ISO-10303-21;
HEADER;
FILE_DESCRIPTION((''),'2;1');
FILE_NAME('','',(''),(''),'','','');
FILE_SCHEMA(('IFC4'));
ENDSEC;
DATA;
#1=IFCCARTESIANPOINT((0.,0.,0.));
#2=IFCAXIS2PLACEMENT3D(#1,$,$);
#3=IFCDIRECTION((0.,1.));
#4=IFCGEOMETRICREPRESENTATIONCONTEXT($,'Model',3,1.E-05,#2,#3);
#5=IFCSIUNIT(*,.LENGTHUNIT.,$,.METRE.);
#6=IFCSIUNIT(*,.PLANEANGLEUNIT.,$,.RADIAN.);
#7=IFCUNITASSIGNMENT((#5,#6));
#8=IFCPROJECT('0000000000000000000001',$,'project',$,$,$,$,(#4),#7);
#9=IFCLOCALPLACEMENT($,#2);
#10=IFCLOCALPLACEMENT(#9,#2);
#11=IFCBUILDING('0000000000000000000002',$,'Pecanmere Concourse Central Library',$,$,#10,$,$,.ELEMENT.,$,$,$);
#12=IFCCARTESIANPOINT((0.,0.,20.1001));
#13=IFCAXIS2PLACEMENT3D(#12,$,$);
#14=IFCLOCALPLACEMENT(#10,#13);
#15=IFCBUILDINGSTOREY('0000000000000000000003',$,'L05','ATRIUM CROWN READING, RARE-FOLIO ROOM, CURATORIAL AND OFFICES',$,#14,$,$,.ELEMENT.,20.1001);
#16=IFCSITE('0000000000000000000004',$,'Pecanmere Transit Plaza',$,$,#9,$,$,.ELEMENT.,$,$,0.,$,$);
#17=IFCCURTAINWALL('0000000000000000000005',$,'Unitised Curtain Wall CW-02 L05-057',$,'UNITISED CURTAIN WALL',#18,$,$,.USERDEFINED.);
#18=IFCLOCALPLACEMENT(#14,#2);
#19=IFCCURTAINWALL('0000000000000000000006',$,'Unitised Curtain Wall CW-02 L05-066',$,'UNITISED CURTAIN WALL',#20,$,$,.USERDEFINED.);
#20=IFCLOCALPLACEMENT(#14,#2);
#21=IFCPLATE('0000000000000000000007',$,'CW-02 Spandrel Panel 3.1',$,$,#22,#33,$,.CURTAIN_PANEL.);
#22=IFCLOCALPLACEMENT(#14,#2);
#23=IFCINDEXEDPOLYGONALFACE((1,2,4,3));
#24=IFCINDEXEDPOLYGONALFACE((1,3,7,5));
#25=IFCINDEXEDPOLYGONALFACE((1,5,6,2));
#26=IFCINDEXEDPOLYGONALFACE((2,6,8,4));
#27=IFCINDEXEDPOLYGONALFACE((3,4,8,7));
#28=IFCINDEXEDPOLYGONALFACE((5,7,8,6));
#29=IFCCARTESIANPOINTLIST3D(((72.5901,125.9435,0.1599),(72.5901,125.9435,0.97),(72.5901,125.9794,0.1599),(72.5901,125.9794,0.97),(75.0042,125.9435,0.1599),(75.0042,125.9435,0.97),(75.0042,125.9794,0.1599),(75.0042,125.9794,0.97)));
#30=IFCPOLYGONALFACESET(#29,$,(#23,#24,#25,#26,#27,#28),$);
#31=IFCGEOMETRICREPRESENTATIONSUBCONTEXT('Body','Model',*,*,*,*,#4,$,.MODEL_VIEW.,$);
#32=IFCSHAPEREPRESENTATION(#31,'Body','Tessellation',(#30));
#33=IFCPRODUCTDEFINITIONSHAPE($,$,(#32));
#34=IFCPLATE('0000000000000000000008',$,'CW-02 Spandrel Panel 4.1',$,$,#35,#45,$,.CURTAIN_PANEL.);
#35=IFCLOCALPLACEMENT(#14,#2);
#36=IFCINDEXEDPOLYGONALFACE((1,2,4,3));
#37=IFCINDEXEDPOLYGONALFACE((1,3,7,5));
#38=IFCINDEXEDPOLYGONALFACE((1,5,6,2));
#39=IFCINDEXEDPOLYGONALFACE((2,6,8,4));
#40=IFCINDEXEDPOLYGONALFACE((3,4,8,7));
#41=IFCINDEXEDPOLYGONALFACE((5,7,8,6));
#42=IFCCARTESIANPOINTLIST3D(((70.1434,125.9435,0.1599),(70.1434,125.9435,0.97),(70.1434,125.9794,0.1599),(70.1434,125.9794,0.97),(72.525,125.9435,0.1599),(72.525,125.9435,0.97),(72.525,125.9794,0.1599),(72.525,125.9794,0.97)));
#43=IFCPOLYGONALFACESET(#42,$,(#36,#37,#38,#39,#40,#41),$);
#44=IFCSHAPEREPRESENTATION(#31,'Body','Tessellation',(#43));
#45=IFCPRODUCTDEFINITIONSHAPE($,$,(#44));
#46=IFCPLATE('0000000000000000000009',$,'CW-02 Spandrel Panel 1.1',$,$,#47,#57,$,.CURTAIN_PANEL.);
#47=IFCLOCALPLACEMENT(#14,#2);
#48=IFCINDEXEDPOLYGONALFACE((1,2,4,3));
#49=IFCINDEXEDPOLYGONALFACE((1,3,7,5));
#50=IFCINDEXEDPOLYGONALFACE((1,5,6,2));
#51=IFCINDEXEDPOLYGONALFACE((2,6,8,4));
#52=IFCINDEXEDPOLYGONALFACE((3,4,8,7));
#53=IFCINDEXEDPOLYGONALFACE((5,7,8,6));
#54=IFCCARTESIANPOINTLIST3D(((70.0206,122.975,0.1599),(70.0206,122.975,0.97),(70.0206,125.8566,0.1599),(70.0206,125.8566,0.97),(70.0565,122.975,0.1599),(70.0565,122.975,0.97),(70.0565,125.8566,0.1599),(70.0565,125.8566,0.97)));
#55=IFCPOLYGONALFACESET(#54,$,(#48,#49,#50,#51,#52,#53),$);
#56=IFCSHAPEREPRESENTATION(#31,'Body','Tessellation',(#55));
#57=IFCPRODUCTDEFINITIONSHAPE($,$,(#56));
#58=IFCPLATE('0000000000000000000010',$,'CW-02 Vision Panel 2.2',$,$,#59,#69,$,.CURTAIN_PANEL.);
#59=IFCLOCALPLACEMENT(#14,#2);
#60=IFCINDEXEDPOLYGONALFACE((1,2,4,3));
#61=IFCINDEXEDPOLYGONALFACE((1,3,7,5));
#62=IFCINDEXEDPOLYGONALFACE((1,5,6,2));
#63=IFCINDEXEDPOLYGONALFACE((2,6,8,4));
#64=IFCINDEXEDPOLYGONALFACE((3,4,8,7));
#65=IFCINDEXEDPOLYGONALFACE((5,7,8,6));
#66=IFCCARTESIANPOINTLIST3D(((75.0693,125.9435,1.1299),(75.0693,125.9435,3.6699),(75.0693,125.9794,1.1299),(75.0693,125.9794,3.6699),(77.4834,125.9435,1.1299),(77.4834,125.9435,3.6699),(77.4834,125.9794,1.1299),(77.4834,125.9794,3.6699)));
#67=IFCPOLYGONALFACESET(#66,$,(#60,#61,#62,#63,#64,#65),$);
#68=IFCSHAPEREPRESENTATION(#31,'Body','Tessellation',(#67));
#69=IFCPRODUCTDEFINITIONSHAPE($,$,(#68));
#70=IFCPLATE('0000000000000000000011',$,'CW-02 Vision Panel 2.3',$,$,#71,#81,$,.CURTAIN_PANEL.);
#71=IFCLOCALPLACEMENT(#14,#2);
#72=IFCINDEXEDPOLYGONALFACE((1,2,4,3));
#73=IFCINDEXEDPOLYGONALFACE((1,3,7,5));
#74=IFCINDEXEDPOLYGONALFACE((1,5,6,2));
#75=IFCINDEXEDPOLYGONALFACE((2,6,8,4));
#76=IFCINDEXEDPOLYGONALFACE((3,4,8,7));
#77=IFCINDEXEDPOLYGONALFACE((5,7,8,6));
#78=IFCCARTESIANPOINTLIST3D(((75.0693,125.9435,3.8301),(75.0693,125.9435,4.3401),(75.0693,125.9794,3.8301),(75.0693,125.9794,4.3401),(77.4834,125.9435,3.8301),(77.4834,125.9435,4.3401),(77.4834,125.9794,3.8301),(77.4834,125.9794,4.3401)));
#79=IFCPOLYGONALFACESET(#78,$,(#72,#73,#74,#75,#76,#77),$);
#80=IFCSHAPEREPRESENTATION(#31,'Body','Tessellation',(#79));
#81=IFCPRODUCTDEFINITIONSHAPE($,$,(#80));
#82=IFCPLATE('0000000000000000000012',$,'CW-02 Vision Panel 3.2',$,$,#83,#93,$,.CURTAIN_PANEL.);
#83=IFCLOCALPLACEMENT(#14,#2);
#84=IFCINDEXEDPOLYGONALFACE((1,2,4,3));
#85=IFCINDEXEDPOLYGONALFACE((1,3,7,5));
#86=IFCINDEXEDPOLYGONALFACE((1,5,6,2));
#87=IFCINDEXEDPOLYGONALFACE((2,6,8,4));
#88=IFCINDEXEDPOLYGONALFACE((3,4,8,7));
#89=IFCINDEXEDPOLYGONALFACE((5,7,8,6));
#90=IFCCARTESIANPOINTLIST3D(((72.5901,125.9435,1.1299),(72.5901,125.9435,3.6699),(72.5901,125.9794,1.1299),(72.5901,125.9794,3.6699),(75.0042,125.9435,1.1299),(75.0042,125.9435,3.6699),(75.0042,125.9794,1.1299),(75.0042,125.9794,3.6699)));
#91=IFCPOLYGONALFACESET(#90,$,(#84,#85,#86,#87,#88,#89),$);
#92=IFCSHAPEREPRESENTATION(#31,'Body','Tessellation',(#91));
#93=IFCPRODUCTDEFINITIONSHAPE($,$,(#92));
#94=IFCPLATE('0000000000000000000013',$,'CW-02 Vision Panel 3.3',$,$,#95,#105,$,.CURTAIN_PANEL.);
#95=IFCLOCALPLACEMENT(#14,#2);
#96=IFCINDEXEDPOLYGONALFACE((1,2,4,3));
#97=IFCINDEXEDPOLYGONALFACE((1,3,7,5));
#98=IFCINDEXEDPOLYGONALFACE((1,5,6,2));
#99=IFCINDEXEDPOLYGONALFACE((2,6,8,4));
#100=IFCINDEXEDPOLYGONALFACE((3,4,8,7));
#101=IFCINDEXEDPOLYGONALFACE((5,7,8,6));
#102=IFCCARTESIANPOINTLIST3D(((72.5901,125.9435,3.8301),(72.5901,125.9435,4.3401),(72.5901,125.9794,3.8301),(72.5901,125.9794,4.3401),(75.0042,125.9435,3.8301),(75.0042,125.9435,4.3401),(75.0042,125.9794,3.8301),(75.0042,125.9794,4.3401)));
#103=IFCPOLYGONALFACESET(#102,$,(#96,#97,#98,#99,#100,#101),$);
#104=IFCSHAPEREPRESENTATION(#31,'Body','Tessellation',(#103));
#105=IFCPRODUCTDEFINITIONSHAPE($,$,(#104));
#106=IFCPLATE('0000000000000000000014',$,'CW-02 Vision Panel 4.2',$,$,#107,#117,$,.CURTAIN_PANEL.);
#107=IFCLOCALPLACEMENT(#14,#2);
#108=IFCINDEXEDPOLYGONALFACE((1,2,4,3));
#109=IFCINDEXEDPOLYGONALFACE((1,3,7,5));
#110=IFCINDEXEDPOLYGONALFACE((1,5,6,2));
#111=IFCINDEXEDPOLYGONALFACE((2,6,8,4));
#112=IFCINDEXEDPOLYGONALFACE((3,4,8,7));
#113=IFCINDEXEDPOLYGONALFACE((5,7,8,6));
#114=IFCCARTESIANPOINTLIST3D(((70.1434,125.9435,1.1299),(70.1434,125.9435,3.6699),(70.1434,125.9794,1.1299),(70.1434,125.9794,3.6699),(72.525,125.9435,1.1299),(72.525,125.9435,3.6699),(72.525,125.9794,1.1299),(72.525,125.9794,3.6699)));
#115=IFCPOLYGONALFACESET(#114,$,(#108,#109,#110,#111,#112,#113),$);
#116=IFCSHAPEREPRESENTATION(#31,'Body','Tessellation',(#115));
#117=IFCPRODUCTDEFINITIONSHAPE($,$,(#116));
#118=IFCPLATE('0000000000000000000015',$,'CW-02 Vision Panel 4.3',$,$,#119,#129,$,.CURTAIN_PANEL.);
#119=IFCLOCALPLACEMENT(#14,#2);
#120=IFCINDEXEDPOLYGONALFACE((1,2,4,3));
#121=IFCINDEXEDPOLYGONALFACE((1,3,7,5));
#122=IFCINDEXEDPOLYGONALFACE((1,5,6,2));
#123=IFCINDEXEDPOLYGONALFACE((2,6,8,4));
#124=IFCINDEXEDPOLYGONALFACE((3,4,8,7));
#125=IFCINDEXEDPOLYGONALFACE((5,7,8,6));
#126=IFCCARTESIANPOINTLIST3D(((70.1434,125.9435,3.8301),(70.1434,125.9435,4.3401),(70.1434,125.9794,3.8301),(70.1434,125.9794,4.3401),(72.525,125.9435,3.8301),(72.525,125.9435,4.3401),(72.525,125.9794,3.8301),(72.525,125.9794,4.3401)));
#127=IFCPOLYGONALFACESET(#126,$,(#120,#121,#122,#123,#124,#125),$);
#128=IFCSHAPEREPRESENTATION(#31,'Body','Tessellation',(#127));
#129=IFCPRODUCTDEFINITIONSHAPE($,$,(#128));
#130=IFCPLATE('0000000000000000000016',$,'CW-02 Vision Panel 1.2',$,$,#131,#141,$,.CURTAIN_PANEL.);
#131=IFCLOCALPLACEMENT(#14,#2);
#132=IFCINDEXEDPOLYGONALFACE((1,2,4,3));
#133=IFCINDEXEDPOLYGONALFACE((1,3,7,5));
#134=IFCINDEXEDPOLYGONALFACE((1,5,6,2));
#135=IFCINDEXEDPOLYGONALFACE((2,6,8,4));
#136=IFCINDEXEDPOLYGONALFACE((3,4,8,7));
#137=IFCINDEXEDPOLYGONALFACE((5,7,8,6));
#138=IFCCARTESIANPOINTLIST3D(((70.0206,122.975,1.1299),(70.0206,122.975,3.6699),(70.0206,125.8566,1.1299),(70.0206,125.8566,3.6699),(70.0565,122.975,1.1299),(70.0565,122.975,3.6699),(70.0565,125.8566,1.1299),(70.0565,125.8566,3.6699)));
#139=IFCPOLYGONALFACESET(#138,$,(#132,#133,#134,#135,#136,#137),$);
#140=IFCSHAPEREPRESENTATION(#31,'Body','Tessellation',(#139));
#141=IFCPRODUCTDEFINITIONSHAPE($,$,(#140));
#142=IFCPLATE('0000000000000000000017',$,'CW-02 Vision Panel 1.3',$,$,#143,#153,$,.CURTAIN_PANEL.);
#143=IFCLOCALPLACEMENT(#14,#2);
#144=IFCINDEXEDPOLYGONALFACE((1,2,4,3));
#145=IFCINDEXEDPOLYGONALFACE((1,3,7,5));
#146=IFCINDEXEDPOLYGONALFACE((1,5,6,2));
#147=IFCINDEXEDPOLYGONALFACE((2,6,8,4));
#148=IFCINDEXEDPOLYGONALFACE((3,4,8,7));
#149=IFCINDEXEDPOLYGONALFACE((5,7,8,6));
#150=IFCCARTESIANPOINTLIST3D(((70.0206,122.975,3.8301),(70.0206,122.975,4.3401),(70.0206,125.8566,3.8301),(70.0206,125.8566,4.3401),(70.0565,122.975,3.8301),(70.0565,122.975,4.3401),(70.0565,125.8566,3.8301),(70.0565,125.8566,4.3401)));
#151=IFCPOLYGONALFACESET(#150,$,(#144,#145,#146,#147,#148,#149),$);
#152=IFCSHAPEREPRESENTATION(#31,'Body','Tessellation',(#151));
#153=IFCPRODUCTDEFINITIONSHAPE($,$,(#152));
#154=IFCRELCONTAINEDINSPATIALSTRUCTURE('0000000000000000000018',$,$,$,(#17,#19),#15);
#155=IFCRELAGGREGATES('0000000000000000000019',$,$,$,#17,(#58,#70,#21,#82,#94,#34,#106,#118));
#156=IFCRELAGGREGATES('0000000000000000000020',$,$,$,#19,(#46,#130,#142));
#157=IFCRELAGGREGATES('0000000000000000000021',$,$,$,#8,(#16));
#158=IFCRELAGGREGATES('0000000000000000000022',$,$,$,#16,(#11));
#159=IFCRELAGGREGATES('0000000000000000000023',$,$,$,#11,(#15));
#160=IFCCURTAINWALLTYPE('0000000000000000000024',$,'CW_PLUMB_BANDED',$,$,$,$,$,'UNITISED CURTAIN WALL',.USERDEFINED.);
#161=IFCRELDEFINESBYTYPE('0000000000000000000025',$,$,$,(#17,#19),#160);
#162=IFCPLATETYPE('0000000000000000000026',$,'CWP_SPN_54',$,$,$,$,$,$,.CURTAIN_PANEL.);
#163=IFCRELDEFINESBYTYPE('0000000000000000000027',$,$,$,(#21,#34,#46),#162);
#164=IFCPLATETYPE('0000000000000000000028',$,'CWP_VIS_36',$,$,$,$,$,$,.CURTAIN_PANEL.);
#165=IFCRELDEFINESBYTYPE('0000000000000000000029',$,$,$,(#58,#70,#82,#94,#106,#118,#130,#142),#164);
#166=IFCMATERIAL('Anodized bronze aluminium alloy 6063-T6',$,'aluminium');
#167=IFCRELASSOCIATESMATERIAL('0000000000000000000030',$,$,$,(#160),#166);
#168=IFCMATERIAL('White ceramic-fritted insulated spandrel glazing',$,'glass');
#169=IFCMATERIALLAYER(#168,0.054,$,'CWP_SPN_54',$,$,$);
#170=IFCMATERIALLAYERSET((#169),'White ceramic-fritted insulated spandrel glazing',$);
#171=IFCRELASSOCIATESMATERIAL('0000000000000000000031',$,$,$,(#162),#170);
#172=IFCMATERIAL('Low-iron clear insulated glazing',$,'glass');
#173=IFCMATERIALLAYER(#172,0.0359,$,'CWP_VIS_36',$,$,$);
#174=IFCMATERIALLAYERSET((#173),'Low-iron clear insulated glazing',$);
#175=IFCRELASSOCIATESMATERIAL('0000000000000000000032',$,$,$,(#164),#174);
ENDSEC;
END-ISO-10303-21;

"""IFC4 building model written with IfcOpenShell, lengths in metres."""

from ifc_helpers import new_model, si_unit, direction, frame, origin, origin_2d, place, context, subcontext, project, spatial, rectangle, extrude, material, layer, layer_set, type_object, element, aggregate, save


model = new_model("IFC4")

# Units and contexts
model_context = context("Model", 3, precision=1e-05, world=origin(), true_north=direction((0.0, 1.0)))
body_context = subcontext(model_context, "Body", "Model", "MODEL_VIEW")
ifc_project = project(units=[si_unit("LENGTHUNIT", "METRE"), si_unit("PLANEANGLEUNIT", "RADIAN")], contexts=[model_context])

# Site, building, storey
site_placement = place(None, origin())
site = spatial("IfcSite", under=ifc_project, at=site_placement, Name="Pecanmere Transit Plaza", CompositionType="ELEMENT", RefElevation=0.0)
building_placement = place(site_placement, origin())
building = spatial("IfcBuilding", under=site, at=building_placement, Name="Pecanmere Concourse Central Library", CompositionType="ELEMENT")
storey_placement = place(building_placement, frame((0.0, 0.0, 20.1001)))
storey = spatial("IfcBuildingStorey", under=building, at=storey_placement, Name="L05", Description="ATRIUM CROWN READING, RARE-FOLIO ROOM, CURATORIAL AND OFFICES", CompositionType="ELEMENT", Elevation=20.1001)

# Curtain walls
ifc_material_1 = material(Name="Anodized bronze aluminium alloy 6063-T6", Category="aluminium")
curtain_wall_type = type_object("IfcCurtainWallType", Name="CW_PLUMB_BANDED", ElementType="UNITISED CURTAIN WALL", PredefinedType="USERDEFINED", material=ifc_material_1)
curtain_wall_1_placement = place(storey_placement, origin())
curtain_wall_1 = element("IfcCurtainWall", 1, at=curtain_wall_1_placement, inside=storey, type_object=curtain_wall_type, Name="Unitised Curtain Wall CW-02 L05-057", ObjectType="UNITISED CURTAIN WALL", PredefinedType="USERDEFINED")
curtain_wall_2_placement = place(storey_placement, origin())
curtain_wall_2 = element("IfcCurtainWall", 2, at=curtain_wall_2_placement, inside=storey, type_object=curtain_wall_type, Name="Unitised Curtain Wall CW-02 L05-066", ObjectType="UNITISED CURTAIN WALL", PredefinedType="USERDEFINED")

# Plates
ifc_material_2 = material(Name="White ceramic-fritted insulated spandrel glazing", Category="glass")
ifc_layer_1 = layer(ifc_material_2, 0.054, Name="CWP_SPN_54")
ifc_layer_set_1 = layer_set([ifc_layer_1], Name="White ceramic-fritted insulated spandrel glazing")
plate_type_1 = type_object("IfcPlateType", Name="CWP_SPN_54", PredefinedType="CURTAIN_PANEL", material=ifc_layer_set_1)
plate_1_placement = place(storey_placement, frame((73.7971, 125.9614, 0.1599), z_axis=(0.0, 0.0, 1.0), x_axis=(-1.0, 0.0, 0.0)))
plate_1 = element("IfcPlate", 3, at=plate_1_placement, type_object=plate_type_1, Name="CW-02 Spandrel Panel 3.1", PredefinedType="CURTAIN_PANEL", context=body_context, shape_type="SweptSolid", body=[
    extrude(rectangle(XDim=2.4141, YDim=0.0359, at=origin_2d()), origin(), (0.0, 0.0, 1.0), 0.8101),
])
plate_2_placement = place(storey_placement, frame((71.3342, 125.9614, 0.1599), z_axis=(0.0, 0.0, 1.0), x_axis=(-1.0, 0.0, 0.0)))
plate_2 = element("IfcPlate", 4, at=plate_2_placement, type_object=plate_type_1, Name="CW-02 Spandrel Panel 4.1", PredefinedType="CURTAIN_PANEL", context=body_context, shape_type="SweptSolid", body=[
    extrude(rectangle(XDim=2.3816, YDim=0.0359, at=origin_2d()), origin(), (0.0, 0.0, 1.0), 0.8101),
])
plate_3_placement = place(storey_placement, frame((70.0386, 124.4158, 0.1599), z_axis=(0.0, 0.0, 1.0), x_axis=(0.0, -1.0, 0.0)))
plate_3 = element("IfcPlate", 5, at=plate_3_placement, type_object=plate_type_1, Name="CW-02 Spandrel Panel 1.1", PredefinedType="CURTAIN_PANEL", context=body_context, shape_type="SweptSolid", body=[
    extrude(rectangle(XDim=2.8816, YDim=0.0359, at=origin_2d()), origin(), (0.0, 0.0, 1.0), 0.8101),
])
ifc_material_3 = material(Name="Low-iron clear insulated glazing", Category="glass")
ifc_layer_2 = layer(ifc_material_3, 0.0359, Name="CWP_VIS_36")
ifc_layer_set_2 = layer_set([ifc_layer_2], Name="Low-iron clear insulated glazing")
plate_type_2 = type_object("IfcPlateType", Name="CWP_VIS_36", PredefinedType="CURTAIN_PANEL", material=ifc_layer_set_2)
plate_4_placement = place(storey_placement, frame((76.2764, 125.9614, 1.1299), z_axis=(0.0, 0.0, 1.0), x_axis=(-1.0, 0.0, 0.0)))
plate_4 = element("IfcPlate", 6, at=plate_4_placement, type_object=plate_type_2, Name="CW-02 Vision Panel 2.2", PredefinedType="CURTAIN_PANEL", context=body_context, shape_type="SweptSolid", body=[
    extrude(rectangle(XDim=2.4141, YDim=0.0359, at=origin_2d()), origin(), (0.0, 0.0, 1.0), 2.54),
])
plate_5_placement = place(storey_placement, frame((76.2764, 125.9614, 3.8301), z_axis=(0.0, 0.0, 1.0), x_axis=(-1.0, 0.0, 0.0)))
plate_5 = element("IfcPlate", 7, at=plate_5_placement, type_object=plate_type_2, Name="CW-02 Vision Panel 2.3", PredefinedType="CURTAIN_PANEL", context=body_context, shape_type="SweptSolid", body=[
    extrude(rectangle(XDim=2.4141, YDim=0.0359, at=origin_2d()), origin(), (0.0, 0.0, 1.0), 0.51),
])
plate_6_placement = place(storey_placement, frame((73.7971, 125.9614, 1.1299), z_axis=(0.0, 0.0, 1.0), x_axis=(-1.0, 0.0, 0.0)))
plate_6 = element("IfcPlate", 8, at=plate_6_placement, type_object=plate_type_2, Name="CW-02 Vision Panel 3.2", PredefinedType="CURTAIN_PANEL", context=body_context, shape_type="SweptSolid", body=[
    extrude(rectangle(XDim=2.4141, YDim=0.0359, at=origin_2d()), origin(), (0.0, 0.0, 1.0), 2.54),
])
plate_7_placement = place(storey_placement, frame((73.7971, 125.9614, 3.8301), z_axis=(0.0, 0.0, 1.0), x_axis=(-1.0, 0.0, 0.0)))
plate_7 = element("IfcPlate", 9, at=plate_7_placement, type_object=plate_type_2, Name="CW-02 Vision Panel 3.3", PredefinedType="CURTAIN_PANEL", context=body_context, shape_type="SweptSolid", body=[
    extrude(rectangle(XDim=2.4141, YDim=0.0359, at=origin_2d()), origin(), (0.0, 0.0, 1.0), 0.51),
])
plate_8_placement = place(storey_placement, frame((71.3342, 125.9614, 1.1299), z_axis=(0.0, 0.0, 1.0), x_axis=(-1.0, 0.0, 0.0)))
plate_8 = element("IfcPlate", 10, at=plate_8_placement, type_object=plate_type_2, Name="CW-02 Vision Panel 4.2", PredefinedType="CURTAIN_PANEL", context=body_context, shape_type="SweptSolid", body=[
    extrude(rectangle(XDim=2.3816, YDim=0.0359, at=origin_2d()), origin(), (0.0, 0.0, 1.0), 2.54),
])
plate_9_placement = place(storey_placement, frame((71.3342, 125.9614, 3.8301), z_axis=(0.0, 0.0, 1.0), x_axis=(-1.0, 0.0, 0.0)))
plate_9 = element("IfcPlate", 11, at=plate_9_placement, type_object=plate_type_2, Name="CW-02 Vision Panel 4.3", PredefinedType="CURTAIN_PANEL", context=body_context, shape_type="SweptSolid", body=[
    extrude(rectangle(XDim=2.3816, YDim=0.0359, at=origin_2d()), origin(), (0.0, 0.0, 1.0), 0.51),
])
aggregate(curtain_wall_1, [plate_4, plate_5, plate_1, plate_6, plate_7, plate_2, plate_8, plate_9])
plate_10_placement = place(storey_placement, frame((70.0386, 124.4158, 1.1299), z_axis=(0.0, 0.0, 1.0), x_axis=(0.0, -1.0, 0.0)))
plate_10 = element("IfcPlate", 12, at=plate_10_placement, type_object=plate_type_2, Name="CW-02 Vision Panel 1.2", PredefinedType="CURTAIN_PANEL", context=body_context, shape_type="SweptSolid", body=[
    extrude(rectangle(XDim=2.8816, YDim=0.0359, at=origin_2d()), origin(), (0.0, 0.0, 1.0), 2.54),
])
plate_11_placement = place(storey_placement, frame((70.0386, 124.4158, 3.8301), z_axis=(0.0, 0.0, 1.0), x_axis=(0.0, -1.0, 0.0)))
plate_11 = element("IfcPlate", 13, at=plate_11_placement, type_object=plate_type_2, Name="CW-02 Vision Panel 1.3", PredefinedType="CURTAIN_PANEL", context=body_context, shape_type="SweptSolid", body=[
    extrude(rectangle(XDim=2.8816, YDim=0.0359, at=origin_2d()), origin(), (0.0, 0.0, 1.0), 0.51),
])
aggregate(curtain_wall_2, [plate_3, plate_10, plate_11])

save(model, "model.ifc")
